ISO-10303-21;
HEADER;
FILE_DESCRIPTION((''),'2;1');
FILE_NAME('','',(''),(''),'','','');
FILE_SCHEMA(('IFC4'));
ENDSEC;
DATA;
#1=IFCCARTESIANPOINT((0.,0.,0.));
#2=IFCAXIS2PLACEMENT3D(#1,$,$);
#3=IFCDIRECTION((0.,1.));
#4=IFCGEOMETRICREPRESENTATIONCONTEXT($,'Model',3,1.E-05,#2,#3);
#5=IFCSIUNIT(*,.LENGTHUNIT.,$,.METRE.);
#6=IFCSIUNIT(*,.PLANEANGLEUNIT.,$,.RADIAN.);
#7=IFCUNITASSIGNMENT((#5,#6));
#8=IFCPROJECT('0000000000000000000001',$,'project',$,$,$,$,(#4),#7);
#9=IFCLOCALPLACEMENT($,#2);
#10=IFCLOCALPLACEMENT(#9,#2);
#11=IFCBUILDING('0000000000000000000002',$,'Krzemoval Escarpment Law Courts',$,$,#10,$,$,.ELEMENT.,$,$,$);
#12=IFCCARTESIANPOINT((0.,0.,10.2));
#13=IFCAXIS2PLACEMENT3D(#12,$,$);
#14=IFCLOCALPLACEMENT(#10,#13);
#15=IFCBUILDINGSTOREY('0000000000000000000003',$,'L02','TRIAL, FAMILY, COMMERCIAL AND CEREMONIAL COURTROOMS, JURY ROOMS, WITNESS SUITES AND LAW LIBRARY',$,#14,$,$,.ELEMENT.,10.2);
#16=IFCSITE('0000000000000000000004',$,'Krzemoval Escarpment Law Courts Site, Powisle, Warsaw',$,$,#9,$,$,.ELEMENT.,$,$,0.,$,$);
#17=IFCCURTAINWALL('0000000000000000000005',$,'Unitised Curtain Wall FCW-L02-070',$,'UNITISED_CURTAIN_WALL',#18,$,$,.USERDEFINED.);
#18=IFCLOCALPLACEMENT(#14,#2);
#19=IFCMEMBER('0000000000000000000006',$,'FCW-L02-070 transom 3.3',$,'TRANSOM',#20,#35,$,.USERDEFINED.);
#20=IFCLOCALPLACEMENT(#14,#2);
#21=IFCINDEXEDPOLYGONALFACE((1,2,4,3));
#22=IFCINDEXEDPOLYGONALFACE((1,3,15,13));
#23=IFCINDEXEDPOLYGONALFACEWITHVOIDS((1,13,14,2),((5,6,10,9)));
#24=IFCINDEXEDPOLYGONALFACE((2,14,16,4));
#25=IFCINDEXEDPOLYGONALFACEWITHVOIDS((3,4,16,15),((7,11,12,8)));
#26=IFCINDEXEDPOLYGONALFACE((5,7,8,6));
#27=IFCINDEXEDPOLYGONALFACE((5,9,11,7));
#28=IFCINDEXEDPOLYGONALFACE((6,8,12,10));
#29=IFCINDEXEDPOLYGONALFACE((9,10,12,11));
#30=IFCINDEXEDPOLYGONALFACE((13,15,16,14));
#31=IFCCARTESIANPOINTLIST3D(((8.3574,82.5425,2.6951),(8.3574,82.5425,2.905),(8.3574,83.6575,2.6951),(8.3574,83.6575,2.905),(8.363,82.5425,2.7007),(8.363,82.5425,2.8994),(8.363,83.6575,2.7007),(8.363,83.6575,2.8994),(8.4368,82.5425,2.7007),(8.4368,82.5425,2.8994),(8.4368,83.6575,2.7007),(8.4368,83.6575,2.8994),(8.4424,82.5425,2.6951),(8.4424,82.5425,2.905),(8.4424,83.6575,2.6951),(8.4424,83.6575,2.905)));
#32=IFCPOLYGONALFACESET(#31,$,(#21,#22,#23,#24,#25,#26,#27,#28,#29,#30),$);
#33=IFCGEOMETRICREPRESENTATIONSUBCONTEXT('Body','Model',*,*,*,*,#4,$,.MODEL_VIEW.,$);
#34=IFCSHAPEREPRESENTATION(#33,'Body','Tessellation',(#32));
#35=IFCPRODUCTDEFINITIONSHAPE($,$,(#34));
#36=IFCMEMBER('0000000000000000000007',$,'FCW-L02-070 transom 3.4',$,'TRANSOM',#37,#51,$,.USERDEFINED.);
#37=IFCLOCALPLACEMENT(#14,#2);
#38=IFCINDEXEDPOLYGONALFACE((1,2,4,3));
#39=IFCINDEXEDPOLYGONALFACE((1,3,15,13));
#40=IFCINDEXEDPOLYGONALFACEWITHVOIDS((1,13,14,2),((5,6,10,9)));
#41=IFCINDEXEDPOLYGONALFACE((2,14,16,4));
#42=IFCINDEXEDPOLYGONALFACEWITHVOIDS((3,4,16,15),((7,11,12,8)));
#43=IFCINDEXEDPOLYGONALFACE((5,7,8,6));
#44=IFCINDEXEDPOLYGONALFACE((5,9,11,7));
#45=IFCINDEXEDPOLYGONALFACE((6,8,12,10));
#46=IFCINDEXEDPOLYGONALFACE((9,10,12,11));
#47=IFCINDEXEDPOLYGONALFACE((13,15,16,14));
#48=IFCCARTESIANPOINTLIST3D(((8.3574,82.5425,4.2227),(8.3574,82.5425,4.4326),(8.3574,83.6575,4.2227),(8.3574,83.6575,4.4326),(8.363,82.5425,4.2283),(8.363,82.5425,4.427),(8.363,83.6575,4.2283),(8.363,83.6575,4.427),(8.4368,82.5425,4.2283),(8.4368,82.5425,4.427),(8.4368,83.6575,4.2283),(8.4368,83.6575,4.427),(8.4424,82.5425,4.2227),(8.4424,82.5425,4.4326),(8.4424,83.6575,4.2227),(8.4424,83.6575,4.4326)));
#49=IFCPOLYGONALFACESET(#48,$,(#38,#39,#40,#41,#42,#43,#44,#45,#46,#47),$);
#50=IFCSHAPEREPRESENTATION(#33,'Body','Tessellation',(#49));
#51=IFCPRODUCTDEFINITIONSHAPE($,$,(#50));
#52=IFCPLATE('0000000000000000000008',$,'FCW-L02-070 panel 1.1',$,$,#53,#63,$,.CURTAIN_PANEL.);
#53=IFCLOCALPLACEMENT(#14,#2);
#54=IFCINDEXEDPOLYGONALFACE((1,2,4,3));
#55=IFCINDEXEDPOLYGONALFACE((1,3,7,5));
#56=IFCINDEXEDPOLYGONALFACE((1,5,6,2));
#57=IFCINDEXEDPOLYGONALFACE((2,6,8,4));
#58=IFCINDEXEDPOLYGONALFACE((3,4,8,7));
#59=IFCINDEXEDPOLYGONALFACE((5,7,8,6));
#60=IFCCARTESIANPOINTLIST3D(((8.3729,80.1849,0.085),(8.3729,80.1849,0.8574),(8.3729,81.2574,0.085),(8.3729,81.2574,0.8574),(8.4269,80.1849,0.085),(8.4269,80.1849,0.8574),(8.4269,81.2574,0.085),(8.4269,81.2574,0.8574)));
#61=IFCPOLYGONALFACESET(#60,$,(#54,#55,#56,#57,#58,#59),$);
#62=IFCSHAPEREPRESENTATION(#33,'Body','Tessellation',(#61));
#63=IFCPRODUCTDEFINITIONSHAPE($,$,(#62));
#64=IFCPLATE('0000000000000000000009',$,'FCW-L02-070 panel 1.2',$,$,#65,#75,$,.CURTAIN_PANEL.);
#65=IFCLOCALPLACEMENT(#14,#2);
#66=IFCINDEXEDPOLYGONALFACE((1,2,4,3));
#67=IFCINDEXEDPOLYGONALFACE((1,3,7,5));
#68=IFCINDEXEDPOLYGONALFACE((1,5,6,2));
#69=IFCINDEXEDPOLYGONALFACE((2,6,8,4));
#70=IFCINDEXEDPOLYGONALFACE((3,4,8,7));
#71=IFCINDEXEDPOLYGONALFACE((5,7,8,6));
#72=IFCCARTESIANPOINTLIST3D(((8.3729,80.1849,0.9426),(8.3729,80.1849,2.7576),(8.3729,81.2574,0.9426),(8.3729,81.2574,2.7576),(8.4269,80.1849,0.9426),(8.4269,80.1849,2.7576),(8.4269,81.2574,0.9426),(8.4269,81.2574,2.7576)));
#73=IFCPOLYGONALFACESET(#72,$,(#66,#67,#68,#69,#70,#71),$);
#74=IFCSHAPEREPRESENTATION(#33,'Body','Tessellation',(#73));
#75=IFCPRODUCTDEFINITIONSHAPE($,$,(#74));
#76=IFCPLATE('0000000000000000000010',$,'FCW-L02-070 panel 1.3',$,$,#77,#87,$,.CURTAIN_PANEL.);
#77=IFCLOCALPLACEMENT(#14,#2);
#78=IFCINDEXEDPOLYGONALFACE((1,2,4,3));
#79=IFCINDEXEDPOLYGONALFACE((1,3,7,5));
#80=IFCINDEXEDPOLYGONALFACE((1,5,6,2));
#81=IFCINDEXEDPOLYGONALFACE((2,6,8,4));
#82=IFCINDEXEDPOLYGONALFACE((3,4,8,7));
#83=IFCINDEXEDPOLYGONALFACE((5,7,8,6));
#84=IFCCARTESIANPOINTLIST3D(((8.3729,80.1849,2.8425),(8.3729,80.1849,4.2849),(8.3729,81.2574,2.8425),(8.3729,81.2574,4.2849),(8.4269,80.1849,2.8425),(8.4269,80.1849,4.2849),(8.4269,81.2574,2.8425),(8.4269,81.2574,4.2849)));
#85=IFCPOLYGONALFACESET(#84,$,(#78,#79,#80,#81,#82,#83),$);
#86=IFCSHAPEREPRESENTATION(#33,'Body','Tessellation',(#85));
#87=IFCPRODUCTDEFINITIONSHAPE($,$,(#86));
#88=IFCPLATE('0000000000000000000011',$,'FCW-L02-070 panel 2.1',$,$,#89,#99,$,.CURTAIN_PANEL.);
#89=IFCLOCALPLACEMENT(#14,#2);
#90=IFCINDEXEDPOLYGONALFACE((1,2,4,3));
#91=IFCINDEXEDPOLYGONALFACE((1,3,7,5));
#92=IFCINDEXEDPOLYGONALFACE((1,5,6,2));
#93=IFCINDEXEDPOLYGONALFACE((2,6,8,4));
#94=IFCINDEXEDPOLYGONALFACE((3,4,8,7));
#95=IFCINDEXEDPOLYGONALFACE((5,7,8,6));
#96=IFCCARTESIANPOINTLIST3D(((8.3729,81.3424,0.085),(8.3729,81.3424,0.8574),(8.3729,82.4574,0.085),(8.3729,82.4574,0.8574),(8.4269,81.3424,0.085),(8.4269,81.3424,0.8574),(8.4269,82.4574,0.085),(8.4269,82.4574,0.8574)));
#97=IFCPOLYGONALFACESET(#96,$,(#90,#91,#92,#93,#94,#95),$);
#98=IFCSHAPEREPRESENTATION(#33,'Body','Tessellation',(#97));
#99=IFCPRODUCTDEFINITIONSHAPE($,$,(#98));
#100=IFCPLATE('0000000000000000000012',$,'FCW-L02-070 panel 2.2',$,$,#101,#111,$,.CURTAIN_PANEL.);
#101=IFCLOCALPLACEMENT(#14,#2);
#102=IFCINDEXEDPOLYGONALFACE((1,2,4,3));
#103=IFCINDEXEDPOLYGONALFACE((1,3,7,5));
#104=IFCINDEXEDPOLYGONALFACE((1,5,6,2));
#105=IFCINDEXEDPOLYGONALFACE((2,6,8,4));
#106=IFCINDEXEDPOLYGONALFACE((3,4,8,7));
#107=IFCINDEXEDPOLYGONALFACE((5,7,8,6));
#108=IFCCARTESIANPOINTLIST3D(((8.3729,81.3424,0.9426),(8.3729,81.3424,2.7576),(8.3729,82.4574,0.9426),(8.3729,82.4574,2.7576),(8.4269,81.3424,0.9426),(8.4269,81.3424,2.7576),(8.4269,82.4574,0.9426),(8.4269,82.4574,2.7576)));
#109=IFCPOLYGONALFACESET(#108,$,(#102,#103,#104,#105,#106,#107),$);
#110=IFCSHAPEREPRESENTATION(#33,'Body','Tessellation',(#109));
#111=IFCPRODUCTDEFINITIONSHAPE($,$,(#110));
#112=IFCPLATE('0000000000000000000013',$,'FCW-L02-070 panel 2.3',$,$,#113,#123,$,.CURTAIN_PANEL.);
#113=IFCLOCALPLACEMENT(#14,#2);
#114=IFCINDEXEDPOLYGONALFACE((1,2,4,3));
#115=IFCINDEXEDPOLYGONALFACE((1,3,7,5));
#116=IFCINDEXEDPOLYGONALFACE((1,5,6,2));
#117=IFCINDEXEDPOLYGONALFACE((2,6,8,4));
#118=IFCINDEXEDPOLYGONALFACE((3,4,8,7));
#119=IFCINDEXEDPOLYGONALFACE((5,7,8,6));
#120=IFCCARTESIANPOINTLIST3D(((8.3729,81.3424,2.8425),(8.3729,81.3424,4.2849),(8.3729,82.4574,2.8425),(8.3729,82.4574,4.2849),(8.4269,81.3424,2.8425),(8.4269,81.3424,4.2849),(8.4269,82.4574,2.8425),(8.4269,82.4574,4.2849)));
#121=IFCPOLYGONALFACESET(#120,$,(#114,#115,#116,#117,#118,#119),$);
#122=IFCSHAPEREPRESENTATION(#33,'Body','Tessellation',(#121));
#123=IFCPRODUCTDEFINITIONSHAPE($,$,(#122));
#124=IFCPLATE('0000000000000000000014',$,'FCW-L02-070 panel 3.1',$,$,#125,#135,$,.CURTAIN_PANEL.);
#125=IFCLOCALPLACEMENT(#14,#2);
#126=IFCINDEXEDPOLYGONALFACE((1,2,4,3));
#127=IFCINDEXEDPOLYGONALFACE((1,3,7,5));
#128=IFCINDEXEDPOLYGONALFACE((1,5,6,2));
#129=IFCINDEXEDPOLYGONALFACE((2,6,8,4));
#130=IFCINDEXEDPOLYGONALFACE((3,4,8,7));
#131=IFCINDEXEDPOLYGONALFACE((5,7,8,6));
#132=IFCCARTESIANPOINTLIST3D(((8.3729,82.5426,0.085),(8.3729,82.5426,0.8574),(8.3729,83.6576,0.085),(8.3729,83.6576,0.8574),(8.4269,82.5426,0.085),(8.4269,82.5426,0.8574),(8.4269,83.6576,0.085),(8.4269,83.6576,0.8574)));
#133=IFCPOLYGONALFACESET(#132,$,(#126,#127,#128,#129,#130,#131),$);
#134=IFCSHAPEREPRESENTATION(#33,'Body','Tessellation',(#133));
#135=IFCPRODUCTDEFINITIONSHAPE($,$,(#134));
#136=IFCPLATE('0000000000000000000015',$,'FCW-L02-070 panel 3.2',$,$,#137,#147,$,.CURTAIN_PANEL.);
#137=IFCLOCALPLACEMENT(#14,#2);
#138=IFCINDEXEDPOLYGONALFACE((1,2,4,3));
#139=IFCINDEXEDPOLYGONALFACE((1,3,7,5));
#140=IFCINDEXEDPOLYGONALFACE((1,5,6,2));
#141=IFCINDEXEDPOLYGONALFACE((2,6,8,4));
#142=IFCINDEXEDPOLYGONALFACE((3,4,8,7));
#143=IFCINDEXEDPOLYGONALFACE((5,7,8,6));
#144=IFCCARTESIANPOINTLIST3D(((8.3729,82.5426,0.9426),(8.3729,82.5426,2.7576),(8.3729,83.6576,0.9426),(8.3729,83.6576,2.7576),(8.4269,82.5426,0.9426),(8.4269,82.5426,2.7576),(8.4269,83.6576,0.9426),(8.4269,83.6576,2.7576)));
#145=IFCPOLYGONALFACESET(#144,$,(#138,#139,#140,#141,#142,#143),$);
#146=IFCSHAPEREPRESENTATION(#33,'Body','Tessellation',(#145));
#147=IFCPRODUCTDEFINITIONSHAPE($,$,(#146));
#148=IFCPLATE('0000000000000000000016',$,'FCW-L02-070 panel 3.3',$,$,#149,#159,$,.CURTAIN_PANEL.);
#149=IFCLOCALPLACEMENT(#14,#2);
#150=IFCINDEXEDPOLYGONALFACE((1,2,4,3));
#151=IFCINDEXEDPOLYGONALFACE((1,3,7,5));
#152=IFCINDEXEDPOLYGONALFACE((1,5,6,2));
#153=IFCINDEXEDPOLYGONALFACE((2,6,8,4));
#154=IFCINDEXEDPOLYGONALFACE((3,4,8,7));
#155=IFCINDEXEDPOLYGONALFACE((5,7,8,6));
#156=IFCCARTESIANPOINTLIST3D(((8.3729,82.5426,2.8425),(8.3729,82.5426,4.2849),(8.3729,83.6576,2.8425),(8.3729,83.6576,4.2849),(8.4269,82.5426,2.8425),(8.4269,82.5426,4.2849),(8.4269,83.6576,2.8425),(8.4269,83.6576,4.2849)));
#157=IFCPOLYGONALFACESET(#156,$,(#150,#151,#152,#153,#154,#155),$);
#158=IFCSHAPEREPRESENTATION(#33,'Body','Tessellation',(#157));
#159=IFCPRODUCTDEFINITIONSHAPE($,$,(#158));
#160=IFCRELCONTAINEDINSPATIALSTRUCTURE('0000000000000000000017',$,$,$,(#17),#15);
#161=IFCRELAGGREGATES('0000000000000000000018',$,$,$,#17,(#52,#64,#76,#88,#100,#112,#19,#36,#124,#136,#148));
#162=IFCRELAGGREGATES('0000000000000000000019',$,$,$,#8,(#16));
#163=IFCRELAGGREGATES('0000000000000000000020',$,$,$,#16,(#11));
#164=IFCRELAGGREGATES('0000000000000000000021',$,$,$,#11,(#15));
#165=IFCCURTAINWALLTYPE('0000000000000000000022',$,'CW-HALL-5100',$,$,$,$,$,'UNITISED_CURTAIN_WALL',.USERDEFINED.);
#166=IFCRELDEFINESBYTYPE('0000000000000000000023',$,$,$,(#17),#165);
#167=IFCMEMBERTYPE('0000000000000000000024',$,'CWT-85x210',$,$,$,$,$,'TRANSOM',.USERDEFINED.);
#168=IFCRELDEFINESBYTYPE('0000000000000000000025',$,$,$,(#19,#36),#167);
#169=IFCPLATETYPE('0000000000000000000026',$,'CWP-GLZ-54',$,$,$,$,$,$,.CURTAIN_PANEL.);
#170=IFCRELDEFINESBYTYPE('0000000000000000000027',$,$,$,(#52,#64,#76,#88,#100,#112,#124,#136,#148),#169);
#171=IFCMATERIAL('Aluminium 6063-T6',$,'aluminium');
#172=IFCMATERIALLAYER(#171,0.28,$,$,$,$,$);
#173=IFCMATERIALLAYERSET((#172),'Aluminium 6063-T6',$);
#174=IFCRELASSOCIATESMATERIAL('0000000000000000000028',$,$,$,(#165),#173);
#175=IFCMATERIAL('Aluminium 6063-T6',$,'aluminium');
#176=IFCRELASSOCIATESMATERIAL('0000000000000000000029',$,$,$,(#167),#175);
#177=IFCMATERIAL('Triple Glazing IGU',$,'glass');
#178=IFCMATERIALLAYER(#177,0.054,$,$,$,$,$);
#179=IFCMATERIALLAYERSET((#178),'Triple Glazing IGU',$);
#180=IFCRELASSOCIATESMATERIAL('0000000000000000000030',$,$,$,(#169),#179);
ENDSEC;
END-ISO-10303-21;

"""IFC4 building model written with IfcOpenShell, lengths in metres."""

from ifc_helpers import new_model, si_unit, direction, frame, origin, origin_2d, place, context, subcontext, project, spatial, rectangle, hollow_rectangle, extrude, material, layer, layer_set, material_profile, profile_set, type_object, element, aggregate, save


model = new_model("IFC4")

# Units and contexts
model_context = context("Model", 3, precision=1e-05, world=origin(), true_north=direction((0.0, 1.0)))
body_context = subcontext(model_context, "Body", "Model", "MODEL_VIEW")
ifc_project = project(units=[si_unit("LENGTHUNIT", "METRE"), si_unit("PLANEANGLEUNIT", "RADIAN")], contexts=[model_context])

# Site, building, storey
site_placement = place(None, origin())
site = spatial("IfcSite", under=ifc_project, at=site_placement, Name="Krzemoval Escarpment Law Courts Site, Powisle, Warsaw", CompositionType="ELEMENT", RefElevation=0.0)
building_placement = place(site_placement, origin())
building = spatial("IfcBuilding", under=site, at=building_placement, Name="Krzemoval Escarpment Law Courts", CompositionType="ELEMENT")
storey_placement = place(building_placement, frame((0.0, 0.0, 10.2)))
storey = spatial("IfcBuildingStorey", under=building, at=storey_placement, Name="L02", Description="TRIAL, FAMILY, COMMERCIAL AND CEREMONIAL COURTROOMS, JURY ROOMS, WITNESS SUITES AND LAW LIBRARY", CompositionType="ELEMENT", Elevation=10.2)

# Curtain wall, members, plates
ifc_material_1 = material(Name="Aluminium 6063-T6", Category="aluminium")
ifc_layer_1 = layer(ifc_material_1, 0.28)
ifc_layer_set_1 = layer_set([ifc_layer_1], Name="Aluminium 6063-T6")
curtain_wall_type = type_object("IfcCurtainWallType", Name="CW-HALL-5100", ElementType="UNITISED_CURTAIN_WALL", PredefinedType="USERDEFINED", material=ifc_layer_set_1)
curtain_wall_placement = place(storey_placement, origin())
curtain_wall = element("IfcCurtainWall", 1, at=curtain_wall_placement, inside=storey, type_object=curtain_wall_type, Name="Unitised Curtain Wall FCW-L02-070", ObjectType="UNITISED_CURTAIN_WALL", PredefinedType="USERDEFINED")
ifc_material_2 = material(Name="Aluminium 6063-T6", Category="aluminium")
ifc_material_profile_1 = material_profile(ifc_material_2, hollow_rectangle(XDim=0.085, YDim=0.21, WallThickness=0.0056, at=origin_2d()), Name="ALU T85x210")
ifc_profile_set_1 = profile_set([ifc_material_profile_1], Name="Aluminium 6063-T6")
member_type_1 = type_object("IfcMemberType", Name="CWT-85x210", ElementType="TRANSOM", PredefinedType="USERDEFINED", material=ifc_profile_set_1)
member_1_placement = place(storey_placement, frame((8.3999, 82.5425, 2.8), z_axis=(0.0, 1.0, 0.0), x_axis=(-1.0, 0.0, 0.0)))
member_1 = element("IfcMember", 2, at=member_1_placement, type_object=member_type_1, Name="FCW-L02-070 transom 3.3", ObjectType="TRANSOM", PredefinedType="USERDEFINED", context=body_context, shape_type="SweptSolid", body=[
    extrude(hollow_rectangle(XDim=0.085, YDim=0.21, WallThickness=0.0056, at=origin_2d()), origin(), (0.0, 0.0, 1.0), 1.115),
])
member_2_placement = place(storey_placement, frame((8.3999, 82.5425, 4.3276), z_axis=(0.0, 1.0, 0.0), x_axis=(-1.0, 0.0, 0.0)))
member_2 = element("IfcMember", 3, at=member_2_placement, type_object=member_type_1, Name="FCW-L02-070 transom 3.4", ObjectType="TRANSOM", PredefinedType="USERDEFINED", context=body_context, shape_type="SweptSolid", body=[
    extrude(hollow_rectangle(XDim=0.085, YDim=0.21, WallThickness=0.0056, at=origin_2d()), origin(), (0.0, 0.0, 1.0), 1.115),
])
ifc_material_3 = material(Name="Triple Glazing IGU", Category="glass")
ifc_layer_2 = layer(ifc_material_3, 0.054)
ifc_layer_set_2 = layer_set([ifc_layer_2], Name="Triple Glazing IGU")
plate_type = type_object("IfcPlateType", Name="CWP-GLZ-54", PredefinedType="CURTAIN_PANEL", material=ifc_layer_set_2)
plate_1_placement = place(storey_placement, frame((8.3999, 80.7212, 0.085), z_axis=(0.0, 0.0, 1.0), x_axis=(0.0, 1.0, 0.0)))
plate_1 = element("IfcPlate", 4, at=plate_1_placement, type_object=plate_type, Name="FCW-L02-070 panel 1.1", PredefinedType="CURTAIN_PANEL", context=body_context, shape_type="SweptSolid", body=[
    extrude(rectangle(XDim=1.0725, YDim=0.054, at=origin_2d()), origin(), (0.0, 0.0, 1.0), 0.7725),
])
plate_2_placement = place(storey_placement, frame((8.3999, 80.7212, 0.9426), z_axis=(0.0, 0.0, 1.0), x_axis=(0.0, 1.0, 0.0)))
plate_2 = element("IfcPlate", 5, at=plate_2_placement, type_object=plate_type, Name="FCW-L02-070 panel 1.2", PredefinedType="CURTAIN_PANEL", context=body_context, shape_type="SweptSolid", body=[
    extrude(rectangle(XDim=1.0725, YDim=0.054, at=origin_2d()), origin(), (0.0, 0.0, 1.0), 1.8149),
])
plate_3_placement = place(storey_placement, frame((8.3999, 80.7212, 2.8425), z_axis=(0.0, 0.0, 1.0), x_axis=(0.0, 1.0, 0.0)))
plate_3 = element("IfcPlate", 6, at=plate_3_placement, type_object=plate_type, Name="FCW-L02-070 panel 1.3", PredefinedType="CURTAIN_PANEL", context=body_context, shape_type="SweptSolid", body=[
    extrude(rectangle(XDim=1.0725, YDim=0.054, at=origin_2d()), origin(), (0.0, 0.0, 1.0), 1.4424),
])
plate_4_placement = place(storey_placement, frame((8.3999, 81.8999, 0.085), z_axis=(0.0, 0.0, 1.0), x_axis=(0.0, 1.0, 0.0)))
plate_4 = element("IfcPlate", 7, at=plate_4_placement, type_object=plate_type, Name="FCW-L02-070 panel 2.1", PredefinedType="CURTAIN_PANEL", context=body_context, shape_type="SweptSolid", body=[
    extrude(rectangle(XDim=1.115, YDim=0.054, at=origin_2d()), origin(), (0.0, 0.0, 1.0), 0.7725),
])
plate_5_placement = place(storey_placement, frame((8.3999, 81.8999, 0.9426), z_axis=(0.0, 0.0, 1.0), x_axis=(0.0, 1.0, 0.0)))
plate_5 = element("IfcPlate", 8, at=plate_5_placement, type_object=plate_type, Name="FCW-L02-070 panel 2.2", PredefinedType="CURTAIN_PANEL", context=body_context, shape_type="SweptSolid", body=[
    extrude(rectangle(XDim=1.115, YDim=0.054, at=origin_2d()), origin(), (0.0, 0.0, 1.0), 1.8149),
])
plate_6_placement = place(storey_placement, frame((8.3999, 81.8999, 2.8425), z_axis=(0.0, 0.0, 1.0), x_axis=(0.0, 1.0, 0.0)))
plate_6 = element("IfcPlate", 9, at=plate_6_placement, type_object=plate_type, Name="FCW-L02-070 panel 2.3", PredefinedType="CURTAIN_PANEL", context=body_context, shape_type="SweptSolid", body=[
    extrude(rectangle(XDim=1.115, YDim=0.054, at=origin_2d()), origin(), (0.0, 0.0, 1.0), 1.4424),
])
plate_7_placement = place(storey_placement, frame((8.3999, 83.1001, 0.085), z_axis=(0.0, 0.0, 1.0), x_axis=(0.0, 1.0, 0.0)))
plate_7 = element("IfcPlate", 10, at=plate_7_placement, type_object=plate_type, Name="FCW-L02-070 panel 3.1", PredefinedType="CURTAIN_PANEL", context=body_context, shape_type="SweptSolid", body=[
    extrude(rectangle(XDim=1.115, YDim=0.054, at=origin_2d()), origin(), (0.0, 0.0, 1.0), 0.7725),
])
plate_8_placement = place(storey_placement, frame((8.3999, 83.1001, 0.9426), z_axis=(0.0, 0.0, 1.0), x_axis=(0.0, 1.0, 0.0)))
plate_8 = element("IfcPlate", 11, at=plate_8_placement, type_object=plate_type, Name="FCW-L02-070 panel 3.2", PredefinedType="CURTAIN_PANEL", context=body_context, shape_type="SweptSolid", body=[
    extrude(rectangle(XDim=1.115, YDim=0.054, at=origin_2d()), origin(), (0.0, 0.0, 1.0), 1.8149),
])
plate_9_placement = place(storey_placement, frame((8.3999, 83.1001, 2.8425), z_axis=(0.0, 0.0, 1.0), x_axis=(0.0, 1.0, 0.0)))
plate_9 = element("IfcPlate", 12, at=plate_9_placement, type_object=plate_type, Name="FCW-L02-070 panel 3.3", PredefinedType="CURTAIN_PANEL", context=body_context, shape_type="SweptSolid", body=[
    extrude(rectangle(XDim=1.115, YDim=0.054, at=origin_2d()), origin(), (0.0, 0.0, 1.0), 1.4424),
])
aggregate(curtain_wall, [plate_1, plate_2, plate_3, plate_4, plate_5, plate_6, member_1, member_2, plate_7, plate_8, plate_9])

save(model, "model.ifc")
